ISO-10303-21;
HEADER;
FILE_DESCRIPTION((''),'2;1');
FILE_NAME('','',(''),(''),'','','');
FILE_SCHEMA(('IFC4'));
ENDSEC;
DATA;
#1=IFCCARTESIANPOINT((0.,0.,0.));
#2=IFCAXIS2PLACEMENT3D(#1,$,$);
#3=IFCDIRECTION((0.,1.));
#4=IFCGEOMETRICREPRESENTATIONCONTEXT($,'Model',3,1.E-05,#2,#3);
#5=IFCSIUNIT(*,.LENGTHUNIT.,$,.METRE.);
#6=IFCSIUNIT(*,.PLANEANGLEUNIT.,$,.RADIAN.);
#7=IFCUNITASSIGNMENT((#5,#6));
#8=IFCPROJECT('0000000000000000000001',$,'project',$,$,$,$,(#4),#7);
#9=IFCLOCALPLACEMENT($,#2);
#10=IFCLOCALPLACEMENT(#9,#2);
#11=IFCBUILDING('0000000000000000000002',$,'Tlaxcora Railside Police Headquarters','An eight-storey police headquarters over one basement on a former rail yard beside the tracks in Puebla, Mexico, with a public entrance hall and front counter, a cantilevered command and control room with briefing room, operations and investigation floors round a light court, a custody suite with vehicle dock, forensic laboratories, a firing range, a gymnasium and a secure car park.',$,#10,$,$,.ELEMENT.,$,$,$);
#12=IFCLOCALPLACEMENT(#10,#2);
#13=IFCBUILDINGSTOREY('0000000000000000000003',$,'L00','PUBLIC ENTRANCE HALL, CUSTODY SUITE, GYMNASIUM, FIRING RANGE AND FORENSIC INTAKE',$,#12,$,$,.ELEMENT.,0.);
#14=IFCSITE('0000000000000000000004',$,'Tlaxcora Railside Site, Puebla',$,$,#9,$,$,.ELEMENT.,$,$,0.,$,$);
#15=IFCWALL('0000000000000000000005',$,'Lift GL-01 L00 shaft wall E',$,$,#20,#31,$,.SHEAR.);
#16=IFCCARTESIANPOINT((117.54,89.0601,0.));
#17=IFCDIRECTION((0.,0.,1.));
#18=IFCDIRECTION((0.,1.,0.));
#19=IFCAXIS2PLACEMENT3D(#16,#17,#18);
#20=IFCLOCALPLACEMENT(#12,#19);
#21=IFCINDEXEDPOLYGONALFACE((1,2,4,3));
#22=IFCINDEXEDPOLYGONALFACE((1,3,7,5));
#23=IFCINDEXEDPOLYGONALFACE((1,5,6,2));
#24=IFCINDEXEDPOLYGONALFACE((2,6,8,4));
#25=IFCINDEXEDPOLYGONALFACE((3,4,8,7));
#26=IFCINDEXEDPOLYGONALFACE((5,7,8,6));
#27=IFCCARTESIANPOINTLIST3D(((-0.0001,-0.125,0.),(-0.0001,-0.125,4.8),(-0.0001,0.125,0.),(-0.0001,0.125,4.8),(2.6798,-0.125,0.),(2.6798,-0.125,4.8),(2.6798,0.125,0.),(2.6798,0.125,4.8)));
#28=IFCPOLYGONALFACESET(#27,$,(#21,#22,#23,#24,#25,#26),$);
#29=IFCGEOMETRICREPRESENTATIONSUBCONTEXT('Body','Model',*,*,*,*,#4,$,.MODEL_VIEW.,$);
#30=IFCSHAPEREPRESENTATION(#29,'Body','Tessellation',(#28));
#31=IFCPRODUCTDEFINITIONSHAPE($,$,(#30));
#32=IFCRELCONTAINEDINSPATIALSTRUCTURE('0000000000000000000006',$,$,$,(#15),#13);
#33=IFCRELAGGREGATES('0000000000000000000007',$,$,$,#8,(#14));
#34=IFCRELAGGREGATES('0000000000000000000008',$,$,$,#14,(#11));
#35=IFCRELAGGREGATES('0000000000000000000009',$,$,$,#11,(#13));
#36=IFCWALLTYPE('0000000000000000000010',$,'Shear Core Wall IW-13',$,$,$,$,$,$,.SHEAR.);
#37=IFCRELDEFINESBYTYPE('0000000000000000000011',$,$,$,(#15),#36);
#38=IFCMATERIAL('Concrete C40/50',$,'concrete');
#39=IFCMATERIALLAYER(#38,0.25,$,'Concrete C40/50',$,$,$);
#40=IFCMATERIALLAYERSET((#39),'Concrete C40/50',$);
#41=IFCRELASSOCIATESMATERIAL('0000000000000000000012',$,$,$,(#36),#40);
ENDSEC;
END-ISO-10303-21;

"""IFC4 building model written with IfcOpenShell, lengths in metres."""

from ifc_helpers import new_model, si_unit, direction, frame, frame_2d, origin, place, context, subcontext, project, spatial, rectangle, extrude, material, layer, layer_set, type_object, element, save


model = new_model("IFC4")

# Units and contexts
model_context = context("Model", 3, precision=1e-05, world=origin(), true_north=direction((0.0, 1.0)))
body_context = subcontext(model_context, "Body", "Model", "MODEL_VIEW")
ifc_project = project(units=[si_unit("LENGTHUNIT", "METRE"), si_unit("PLANEANGLEUNIT", "RADIAN")], contexts=[model_context])

# Site, building, storey
site_placement = place(None, origin())
site = spatial("IfcSite", under=ifc_project, at=site_placement, Name="Tlaxcora Railside Site, Puebla", CompositionType="ELEMENT", RefElevation=0.0)
building_placement = place(site_placement, origin())
building = spatial("IfcBuilding", under=site, at=building_placement, Name="Tlaxcora Railside Police Headquarters", Description="An eight-storey police headquarters over one basement on a former rail yard beside the tracks in Puebla, Mexico, with a public entrance hall and front counter, a cantilevered command and control room with briefing room, operations and investigation floors round a light court, a custody suite with vehicle dock, forensic laboratories, a firing range, a gymnasium and a secure car park.", CompositionType="ELEMENT")
storey_placement = place(building_placement, origin())
storey = spatial("IfcBuildingStorey", under=building, at=storey_placement, Name="L00", Description="PUBLIC ENTRANCE HALL, CUSTODY SUITE, GYMNASIUM, FIRING RANGE AND FORENSIC INTAKE", CompositionType="ELEMENT", Elevation=0.0)

# Shared definitions
ifc_material_1 = material(Name="Concrete C40/50", Category="concrete")

# Shared definitions
ifc_layer_1 = layer(ifc_material_1, 0.25, Name="Concrete C40/50")
ifc_layer_set_1 = layer_set([ifc_layer_1], Name="Concrete C40/50")
wall_type_1 = type_object("IfcWallType", Name="Shear Core Wall IW-13", PredefinedType="SHEAR", material=ifc_layer_set_1)

# Wall
wall_1_placement = place(storey_placement, frame((117.54, 89.0601, 0.0), z_axis=(0.0, 0.0, 1.0), x_axis=(0.0, 1.0, 0.0)))
element("IfcWall", 1, at=wall_1_placement, inside=storey, type_object=wall_type_1, Name="Lift GL-01 L00 shaft wall E", PredefinedType="SHEAR", context=body_context, shape_type="SweptSolid", body=[
    extrude(rectangle(XDim=2.6799, YDim=0.25, at=frame_2d((1.3398, 0.0))), origin(), (0.0, 0.0, 1.0), 4.8),
])

save(model, "model.ifc")
